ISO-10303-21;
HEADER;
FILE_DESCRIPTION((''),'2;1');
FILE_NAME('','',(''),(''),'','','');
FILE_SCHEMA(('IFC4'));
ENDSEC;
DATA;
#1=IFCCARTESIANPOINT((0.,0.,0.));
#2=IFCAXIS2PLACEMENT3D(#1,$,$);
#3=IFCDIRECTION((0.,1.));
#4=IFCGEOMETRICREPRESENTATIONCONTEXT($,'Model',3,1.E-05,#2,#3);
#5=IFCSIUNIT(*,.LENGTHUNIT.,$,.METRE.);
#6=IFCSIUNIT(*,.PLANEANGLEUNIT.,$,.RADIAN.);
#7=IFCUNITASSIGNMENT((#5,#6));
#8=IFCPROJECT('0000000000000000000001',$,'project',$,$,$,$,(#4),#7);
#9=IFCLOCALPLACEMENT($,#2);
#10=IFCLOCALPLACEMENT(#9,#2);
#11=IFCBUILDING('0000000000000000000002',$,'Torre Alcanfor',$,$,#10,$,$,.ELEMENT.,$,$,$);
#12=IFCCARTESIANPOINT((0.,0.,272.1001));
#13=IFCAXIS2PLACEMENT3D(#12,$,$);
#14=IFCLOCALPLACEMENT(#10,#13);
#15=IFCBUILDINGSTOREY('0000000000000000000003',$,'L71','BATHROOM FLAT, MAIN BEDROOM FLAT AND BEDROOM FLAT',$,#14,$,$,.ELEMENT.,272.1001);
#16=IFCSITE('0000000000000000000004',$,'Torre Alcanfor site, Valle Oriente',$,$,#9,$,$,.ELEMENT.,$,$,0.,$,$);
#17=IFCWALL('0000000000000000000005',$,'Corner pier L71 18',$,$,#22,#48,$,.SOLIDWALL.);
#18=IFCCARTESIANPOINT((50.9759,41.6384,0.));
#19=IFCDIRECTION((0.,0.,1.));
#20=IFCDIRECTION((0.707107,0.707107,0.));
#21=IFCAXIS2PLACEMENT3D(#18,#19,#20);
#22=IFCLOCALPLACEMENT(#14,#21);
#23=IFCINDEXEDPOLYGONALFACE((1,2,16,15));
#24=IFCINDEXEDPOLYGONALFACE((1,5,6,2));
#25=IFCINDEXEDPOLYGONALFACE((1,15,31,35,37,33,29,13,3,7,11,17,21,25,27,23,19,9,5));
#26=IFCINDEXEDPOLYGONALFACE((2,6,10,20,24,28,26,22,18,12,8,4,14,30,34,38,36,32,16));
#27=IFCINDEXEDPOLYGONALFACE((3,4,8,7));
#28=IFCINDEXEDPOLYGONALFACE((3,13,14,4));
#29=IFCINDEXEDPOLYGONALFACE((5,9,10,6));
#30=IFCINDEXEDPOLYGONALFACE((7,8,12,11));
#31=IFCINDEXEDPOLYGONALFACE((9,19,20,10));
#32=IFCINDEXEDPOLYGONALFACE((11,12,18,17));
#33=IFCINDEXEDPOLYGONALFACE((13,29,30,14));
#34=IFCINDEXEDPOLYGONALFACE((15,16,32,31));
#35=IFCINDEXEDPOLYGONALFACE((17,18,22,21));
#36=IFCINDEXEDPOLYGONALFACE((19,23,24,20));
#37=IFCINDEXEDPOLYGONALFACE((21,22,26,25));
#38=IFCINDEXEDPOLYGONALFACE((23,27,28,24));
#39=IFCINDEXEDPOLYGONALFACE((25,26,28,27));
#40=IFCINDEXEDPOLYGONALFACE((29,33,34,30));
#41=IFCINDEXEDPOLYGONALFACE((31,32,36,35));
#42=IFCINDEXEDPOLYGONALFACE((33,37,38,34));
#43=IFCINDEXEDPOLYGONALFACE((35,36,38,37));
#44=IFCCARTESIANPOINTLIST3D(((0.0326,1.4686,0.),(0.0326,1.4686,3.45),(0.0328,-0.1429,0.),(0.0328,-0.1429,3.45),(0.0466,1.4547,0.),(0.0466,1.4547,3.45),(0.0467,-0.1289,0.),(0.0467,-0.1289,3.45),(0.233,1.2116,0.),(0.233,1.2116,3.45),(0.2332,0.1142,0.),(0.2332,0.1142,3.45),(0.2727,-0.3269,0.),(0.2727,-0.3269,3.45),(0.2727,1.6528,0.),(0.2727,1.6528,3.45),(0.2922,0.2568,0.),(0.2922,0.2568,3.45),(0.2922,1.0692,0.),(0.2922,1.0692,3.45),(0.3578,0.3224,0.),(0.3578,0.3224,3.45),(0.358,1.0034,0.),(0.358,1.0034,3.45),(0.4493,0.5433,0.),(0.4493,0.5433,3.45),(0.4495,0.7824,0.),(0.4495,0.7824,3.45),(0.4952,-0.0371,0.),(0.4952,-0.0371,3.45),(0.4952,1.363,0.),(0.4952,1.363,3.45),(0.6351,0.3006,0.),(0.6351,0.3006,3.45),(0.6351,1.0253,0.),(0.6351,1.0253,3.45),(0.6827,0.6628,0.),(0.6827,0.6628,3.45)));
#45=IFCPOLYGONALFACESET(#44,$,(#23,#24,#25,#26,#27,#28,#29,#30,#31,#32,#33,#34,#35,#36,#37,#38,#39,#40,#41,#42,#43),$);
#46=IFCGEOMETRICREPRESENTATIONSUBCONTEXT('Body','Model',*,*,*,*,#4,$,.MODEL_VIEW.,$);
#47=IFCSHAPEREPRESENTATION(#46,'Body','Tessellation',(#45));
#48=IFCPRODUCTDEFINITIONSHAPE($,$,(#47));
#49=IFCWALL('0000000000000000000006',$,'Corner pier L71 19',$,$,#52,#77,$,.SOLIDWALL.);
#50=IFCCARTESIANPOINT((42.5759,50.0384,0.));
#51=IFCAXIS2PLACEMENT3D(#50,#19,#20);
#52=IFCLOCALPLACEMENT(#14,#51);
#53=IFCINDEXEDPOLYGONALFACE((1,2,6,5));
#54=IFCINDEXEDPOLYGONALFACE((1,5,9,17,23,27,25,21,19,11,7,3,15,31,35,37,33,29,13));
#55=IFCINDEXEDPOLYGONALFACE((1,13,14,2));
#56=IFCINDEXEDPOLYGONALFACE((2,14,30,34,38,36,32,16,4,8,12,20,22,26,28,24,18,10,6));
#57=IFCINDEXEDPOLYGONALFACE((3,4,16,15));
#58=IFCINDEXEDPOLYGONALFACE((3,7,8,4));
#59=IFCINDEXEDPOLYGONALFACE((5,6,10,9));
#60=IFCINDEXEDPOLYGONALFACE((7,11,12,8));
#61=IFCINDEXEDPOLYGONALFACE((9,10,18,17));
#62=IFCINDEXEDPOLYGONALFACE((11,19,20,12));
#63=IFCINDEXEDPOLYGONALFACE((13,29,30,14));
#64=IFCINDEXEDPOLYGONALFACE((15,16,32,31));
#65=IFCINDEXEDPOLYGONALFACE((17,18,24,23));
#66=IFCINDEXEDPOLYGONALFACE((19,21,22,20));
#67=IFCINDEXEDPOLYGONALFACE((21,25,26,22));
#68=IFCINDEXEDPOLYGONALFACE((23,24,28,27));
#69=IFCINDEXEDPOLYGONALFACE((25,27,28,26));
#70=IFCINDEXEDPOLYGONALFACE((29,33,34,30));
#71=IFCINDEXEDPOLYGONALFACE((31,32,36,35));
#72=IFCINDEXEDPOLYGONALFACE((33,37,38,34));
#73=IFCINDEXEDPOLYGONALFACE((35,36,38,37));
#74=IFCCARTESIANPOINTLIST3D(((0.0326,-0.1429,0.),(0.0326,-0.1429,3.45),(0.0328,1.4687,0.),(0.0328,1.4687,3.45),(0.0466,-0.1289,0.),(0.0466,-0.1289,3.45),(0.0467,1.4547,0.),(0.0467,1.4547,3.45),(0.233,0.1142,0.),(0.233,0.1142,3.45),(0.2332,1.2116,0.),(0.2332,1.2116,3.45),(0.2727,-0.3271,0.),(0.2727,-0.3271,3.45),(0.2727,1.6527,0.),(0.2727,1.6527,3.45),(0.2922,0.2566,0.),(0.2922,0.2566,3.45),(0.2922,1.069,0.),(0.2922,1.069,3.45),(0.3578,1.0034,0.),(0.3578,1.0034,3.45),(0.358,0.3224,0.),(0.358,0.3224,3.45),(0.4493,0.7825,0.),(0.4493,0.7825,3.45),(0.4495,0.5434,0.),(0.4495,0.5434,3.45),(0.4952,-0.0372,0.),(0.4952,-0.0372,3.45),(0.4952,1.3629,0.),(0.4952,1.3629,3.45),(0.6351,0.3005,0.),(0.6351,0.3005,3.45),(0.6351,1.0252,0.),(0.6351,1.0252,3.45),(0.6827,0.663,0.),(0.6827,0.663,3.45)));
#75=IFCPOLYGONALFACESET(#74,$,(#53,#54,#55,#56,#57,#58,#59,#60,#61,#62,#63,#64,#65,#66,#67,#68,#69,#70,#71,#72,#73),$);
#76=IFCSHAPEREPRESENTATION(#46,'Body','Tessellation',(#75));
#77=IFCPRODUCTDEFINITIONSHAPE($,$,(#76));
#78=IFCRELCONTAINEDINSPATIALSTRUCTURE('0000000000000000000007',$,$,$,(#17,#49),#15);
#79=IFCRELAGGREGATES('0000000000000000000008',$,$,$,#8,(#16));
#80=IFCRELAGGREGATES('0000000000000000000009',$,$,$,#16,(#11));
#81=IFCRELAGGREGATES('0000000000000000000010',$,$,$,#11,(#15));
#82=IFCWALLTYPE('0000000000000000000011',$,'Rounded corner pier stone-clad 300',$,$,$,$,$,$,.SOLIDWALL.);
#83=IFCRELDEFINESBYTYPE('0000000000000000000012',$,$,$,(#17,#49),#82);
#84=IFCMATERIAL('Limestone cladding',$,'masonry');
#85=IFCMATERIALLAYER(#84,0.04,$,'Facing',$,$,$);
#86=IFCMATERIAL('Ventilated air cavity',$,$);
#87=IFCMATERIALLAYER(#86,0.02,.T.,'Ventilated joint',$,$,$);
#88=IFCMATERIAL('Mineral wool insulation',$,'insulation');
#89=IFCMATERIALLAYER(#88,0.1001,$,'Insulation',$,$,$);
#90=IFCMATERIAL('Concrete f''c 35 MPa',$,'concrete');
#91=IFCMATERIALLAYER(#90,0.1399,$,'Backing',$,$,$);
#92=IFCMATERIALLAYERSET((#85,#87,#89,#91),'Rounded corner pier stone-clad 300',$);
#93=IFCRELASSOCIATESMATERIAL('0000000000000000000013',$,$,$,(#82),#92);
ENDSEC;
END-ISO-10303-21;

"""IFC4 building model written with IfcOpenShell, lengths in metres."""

from ifc_helpers import new_model, si_unit, direction, frame, origin, place, context, subcontext, project, spatial, polyline, outline, extrude, material, layer, layer_set, type_object, element, save


model = new_model("IFC4")

# Units and contexts
model_context = context("Model", 3, precision=1e-05, world=origin(), true_north=direction((0.0, 1.0)))
body_context = subcontext(model_context, "Body", "Model", "MODEL_VIEW")
ifc_project = project(units=[si_unit("LENGTHUNIT", "METRE"), si_unit("PLANEANGLEUNIT", "RADIAN")], contexts=[model_context])

# Site, building, storey
site_placement = place(None, origin())
site = spatial("IfcSite", under=ifc_project, at=site_placement, Name="Torre Alcanfor site, Valle Oriente", CompositionType="ELEMENT", RefElevation=0.0)
building_placement = place(site_placement, origin())
building = spatial("IfcBuilding", under=site, at=building_placement, Name="Torre Alcanfor", CompositionType="ELEMENT")
storey_placement = place(building_placement, frame((0.0, 0.0, 272.1001)))
storey = spatial("IfcBuildingStorey", under=building, at=storey_placement, Name="L71", Description="BATHROOM FLAT, MAIN BEDROOM FLAT AND BEDROOM FLAT", CompositionType="ELEMENT", Elevation=272.1001)

# Shared definitions
ifc_material_1 = material(Name="Limestone cladding", Category="masonry")
ifc_material_2 = material(Name="Ventilated air cavity")
ifc_material_3 = material(Name="Mineral wool insulation", Category="insulation")
ifc_material_4 = material(Name="Concrete f'c 35 MPa", Category="concrete")

# Walls
ifc_layer_1 = layer(ifc_material_1, 0.04, Name="Facing")
ifc_layer_2 = layer(ifc_material_2, 0.02, ventilated=True, Name="Ventilated joint")
ifc_layer_3 = layer(ifc_material_3, 0.1001, Name="Insulation")
ifc_layer_4 = layer(ifc_material_4, 0.1399, Name="Backing")
ifc_layer_set_1 = layer_set([ifc_layer_1, ifc_layer_2, ifc_layer_3, ifc_layer_4], Name="Rounded corner pier stone-clad 300")
wall_type_1 = type_object("IfcWallType", Name="Rounded corner pier stone-clad 300", PredefinedType="SOLIDWALL", material=ifc_layer_set_1)
wall_1_placement = place(storey_placement, frame((50.9759, 41.6384, 0.0), z_axis=(0.0, 0.0, 1.0), x_axis=(0.707107, 0.707107, 0.0)))
element("IfcWall", 1, at=wall_1_placement, inside=storey, type_object=wall_type_1, Name="Corner pier L71 18", PredefinedType="SOLIDWALL", context=body_context, shape_type="SweptSolid", body=[
    extrude(outline(polyline([(0.2332, 0.1142), (0.0467, -0.1289), (0.0328, -0.1429), (0.2727, -0.3269), (0.4952, -0.0371), (0.6351, 0.3006), (0.6827, 0.6628), (0.6351, 1.0253), (0.4952, 1.363), (0.2727, 1.6528), (0.0326, 1.4686), (0.0466, 1.4547), (0.233, 1.2116), (0.2922, 1.0692), (0.358, 1.0034), (0.4495, 0.7824), (0.4493, 0.5433), (0.3578, 0.3224), (0.2922, 0.2568), (0.2332, 0.1142)])), origin(), (0.0, 0.0, 1.0), 3.45),
])
wall_2_placement = place(storey_placement, frame((42.5759, 50.0384, 0.0), z_axis=(0.0, 0.0, 1.0), x_axis=(0.707107, 0.707107, 0.0)))
element("IfcWall", 2, at=wall_2_placement, inside=storey, type_object=wall_type_1, Name="Corner pier L71 19", PredefinedType="SOLIDWALL", context=body_context, shape_type="SweptSolid", body=[
    extrude(outline(polyline([(0.233, 0.1142), (0.0466, -0.1289), (0.0326, -0.1429), (0.2727, -0.3271), (0.4952, -0.0372), (0.6351, 0.3005), (0.6827, 0.663), (0.6351, 1.0252), (0.4952, 1.3629), (0.2727, 1.6527), (0.0328, 1.4687), (0.0467, 1.4547), (0.2332, 1.2116), (0.2922, 1.069), (0.3578, 1.0034), (0.4493, 0.7825), (0.4495, 0.5434), (0.358, 0.3224), (0.2922, 0.2566), (0.233, 0.1142)])), origin(), (0.0, 0.0, 1.0), 3.45),
])

save(model, "model.ifc")
